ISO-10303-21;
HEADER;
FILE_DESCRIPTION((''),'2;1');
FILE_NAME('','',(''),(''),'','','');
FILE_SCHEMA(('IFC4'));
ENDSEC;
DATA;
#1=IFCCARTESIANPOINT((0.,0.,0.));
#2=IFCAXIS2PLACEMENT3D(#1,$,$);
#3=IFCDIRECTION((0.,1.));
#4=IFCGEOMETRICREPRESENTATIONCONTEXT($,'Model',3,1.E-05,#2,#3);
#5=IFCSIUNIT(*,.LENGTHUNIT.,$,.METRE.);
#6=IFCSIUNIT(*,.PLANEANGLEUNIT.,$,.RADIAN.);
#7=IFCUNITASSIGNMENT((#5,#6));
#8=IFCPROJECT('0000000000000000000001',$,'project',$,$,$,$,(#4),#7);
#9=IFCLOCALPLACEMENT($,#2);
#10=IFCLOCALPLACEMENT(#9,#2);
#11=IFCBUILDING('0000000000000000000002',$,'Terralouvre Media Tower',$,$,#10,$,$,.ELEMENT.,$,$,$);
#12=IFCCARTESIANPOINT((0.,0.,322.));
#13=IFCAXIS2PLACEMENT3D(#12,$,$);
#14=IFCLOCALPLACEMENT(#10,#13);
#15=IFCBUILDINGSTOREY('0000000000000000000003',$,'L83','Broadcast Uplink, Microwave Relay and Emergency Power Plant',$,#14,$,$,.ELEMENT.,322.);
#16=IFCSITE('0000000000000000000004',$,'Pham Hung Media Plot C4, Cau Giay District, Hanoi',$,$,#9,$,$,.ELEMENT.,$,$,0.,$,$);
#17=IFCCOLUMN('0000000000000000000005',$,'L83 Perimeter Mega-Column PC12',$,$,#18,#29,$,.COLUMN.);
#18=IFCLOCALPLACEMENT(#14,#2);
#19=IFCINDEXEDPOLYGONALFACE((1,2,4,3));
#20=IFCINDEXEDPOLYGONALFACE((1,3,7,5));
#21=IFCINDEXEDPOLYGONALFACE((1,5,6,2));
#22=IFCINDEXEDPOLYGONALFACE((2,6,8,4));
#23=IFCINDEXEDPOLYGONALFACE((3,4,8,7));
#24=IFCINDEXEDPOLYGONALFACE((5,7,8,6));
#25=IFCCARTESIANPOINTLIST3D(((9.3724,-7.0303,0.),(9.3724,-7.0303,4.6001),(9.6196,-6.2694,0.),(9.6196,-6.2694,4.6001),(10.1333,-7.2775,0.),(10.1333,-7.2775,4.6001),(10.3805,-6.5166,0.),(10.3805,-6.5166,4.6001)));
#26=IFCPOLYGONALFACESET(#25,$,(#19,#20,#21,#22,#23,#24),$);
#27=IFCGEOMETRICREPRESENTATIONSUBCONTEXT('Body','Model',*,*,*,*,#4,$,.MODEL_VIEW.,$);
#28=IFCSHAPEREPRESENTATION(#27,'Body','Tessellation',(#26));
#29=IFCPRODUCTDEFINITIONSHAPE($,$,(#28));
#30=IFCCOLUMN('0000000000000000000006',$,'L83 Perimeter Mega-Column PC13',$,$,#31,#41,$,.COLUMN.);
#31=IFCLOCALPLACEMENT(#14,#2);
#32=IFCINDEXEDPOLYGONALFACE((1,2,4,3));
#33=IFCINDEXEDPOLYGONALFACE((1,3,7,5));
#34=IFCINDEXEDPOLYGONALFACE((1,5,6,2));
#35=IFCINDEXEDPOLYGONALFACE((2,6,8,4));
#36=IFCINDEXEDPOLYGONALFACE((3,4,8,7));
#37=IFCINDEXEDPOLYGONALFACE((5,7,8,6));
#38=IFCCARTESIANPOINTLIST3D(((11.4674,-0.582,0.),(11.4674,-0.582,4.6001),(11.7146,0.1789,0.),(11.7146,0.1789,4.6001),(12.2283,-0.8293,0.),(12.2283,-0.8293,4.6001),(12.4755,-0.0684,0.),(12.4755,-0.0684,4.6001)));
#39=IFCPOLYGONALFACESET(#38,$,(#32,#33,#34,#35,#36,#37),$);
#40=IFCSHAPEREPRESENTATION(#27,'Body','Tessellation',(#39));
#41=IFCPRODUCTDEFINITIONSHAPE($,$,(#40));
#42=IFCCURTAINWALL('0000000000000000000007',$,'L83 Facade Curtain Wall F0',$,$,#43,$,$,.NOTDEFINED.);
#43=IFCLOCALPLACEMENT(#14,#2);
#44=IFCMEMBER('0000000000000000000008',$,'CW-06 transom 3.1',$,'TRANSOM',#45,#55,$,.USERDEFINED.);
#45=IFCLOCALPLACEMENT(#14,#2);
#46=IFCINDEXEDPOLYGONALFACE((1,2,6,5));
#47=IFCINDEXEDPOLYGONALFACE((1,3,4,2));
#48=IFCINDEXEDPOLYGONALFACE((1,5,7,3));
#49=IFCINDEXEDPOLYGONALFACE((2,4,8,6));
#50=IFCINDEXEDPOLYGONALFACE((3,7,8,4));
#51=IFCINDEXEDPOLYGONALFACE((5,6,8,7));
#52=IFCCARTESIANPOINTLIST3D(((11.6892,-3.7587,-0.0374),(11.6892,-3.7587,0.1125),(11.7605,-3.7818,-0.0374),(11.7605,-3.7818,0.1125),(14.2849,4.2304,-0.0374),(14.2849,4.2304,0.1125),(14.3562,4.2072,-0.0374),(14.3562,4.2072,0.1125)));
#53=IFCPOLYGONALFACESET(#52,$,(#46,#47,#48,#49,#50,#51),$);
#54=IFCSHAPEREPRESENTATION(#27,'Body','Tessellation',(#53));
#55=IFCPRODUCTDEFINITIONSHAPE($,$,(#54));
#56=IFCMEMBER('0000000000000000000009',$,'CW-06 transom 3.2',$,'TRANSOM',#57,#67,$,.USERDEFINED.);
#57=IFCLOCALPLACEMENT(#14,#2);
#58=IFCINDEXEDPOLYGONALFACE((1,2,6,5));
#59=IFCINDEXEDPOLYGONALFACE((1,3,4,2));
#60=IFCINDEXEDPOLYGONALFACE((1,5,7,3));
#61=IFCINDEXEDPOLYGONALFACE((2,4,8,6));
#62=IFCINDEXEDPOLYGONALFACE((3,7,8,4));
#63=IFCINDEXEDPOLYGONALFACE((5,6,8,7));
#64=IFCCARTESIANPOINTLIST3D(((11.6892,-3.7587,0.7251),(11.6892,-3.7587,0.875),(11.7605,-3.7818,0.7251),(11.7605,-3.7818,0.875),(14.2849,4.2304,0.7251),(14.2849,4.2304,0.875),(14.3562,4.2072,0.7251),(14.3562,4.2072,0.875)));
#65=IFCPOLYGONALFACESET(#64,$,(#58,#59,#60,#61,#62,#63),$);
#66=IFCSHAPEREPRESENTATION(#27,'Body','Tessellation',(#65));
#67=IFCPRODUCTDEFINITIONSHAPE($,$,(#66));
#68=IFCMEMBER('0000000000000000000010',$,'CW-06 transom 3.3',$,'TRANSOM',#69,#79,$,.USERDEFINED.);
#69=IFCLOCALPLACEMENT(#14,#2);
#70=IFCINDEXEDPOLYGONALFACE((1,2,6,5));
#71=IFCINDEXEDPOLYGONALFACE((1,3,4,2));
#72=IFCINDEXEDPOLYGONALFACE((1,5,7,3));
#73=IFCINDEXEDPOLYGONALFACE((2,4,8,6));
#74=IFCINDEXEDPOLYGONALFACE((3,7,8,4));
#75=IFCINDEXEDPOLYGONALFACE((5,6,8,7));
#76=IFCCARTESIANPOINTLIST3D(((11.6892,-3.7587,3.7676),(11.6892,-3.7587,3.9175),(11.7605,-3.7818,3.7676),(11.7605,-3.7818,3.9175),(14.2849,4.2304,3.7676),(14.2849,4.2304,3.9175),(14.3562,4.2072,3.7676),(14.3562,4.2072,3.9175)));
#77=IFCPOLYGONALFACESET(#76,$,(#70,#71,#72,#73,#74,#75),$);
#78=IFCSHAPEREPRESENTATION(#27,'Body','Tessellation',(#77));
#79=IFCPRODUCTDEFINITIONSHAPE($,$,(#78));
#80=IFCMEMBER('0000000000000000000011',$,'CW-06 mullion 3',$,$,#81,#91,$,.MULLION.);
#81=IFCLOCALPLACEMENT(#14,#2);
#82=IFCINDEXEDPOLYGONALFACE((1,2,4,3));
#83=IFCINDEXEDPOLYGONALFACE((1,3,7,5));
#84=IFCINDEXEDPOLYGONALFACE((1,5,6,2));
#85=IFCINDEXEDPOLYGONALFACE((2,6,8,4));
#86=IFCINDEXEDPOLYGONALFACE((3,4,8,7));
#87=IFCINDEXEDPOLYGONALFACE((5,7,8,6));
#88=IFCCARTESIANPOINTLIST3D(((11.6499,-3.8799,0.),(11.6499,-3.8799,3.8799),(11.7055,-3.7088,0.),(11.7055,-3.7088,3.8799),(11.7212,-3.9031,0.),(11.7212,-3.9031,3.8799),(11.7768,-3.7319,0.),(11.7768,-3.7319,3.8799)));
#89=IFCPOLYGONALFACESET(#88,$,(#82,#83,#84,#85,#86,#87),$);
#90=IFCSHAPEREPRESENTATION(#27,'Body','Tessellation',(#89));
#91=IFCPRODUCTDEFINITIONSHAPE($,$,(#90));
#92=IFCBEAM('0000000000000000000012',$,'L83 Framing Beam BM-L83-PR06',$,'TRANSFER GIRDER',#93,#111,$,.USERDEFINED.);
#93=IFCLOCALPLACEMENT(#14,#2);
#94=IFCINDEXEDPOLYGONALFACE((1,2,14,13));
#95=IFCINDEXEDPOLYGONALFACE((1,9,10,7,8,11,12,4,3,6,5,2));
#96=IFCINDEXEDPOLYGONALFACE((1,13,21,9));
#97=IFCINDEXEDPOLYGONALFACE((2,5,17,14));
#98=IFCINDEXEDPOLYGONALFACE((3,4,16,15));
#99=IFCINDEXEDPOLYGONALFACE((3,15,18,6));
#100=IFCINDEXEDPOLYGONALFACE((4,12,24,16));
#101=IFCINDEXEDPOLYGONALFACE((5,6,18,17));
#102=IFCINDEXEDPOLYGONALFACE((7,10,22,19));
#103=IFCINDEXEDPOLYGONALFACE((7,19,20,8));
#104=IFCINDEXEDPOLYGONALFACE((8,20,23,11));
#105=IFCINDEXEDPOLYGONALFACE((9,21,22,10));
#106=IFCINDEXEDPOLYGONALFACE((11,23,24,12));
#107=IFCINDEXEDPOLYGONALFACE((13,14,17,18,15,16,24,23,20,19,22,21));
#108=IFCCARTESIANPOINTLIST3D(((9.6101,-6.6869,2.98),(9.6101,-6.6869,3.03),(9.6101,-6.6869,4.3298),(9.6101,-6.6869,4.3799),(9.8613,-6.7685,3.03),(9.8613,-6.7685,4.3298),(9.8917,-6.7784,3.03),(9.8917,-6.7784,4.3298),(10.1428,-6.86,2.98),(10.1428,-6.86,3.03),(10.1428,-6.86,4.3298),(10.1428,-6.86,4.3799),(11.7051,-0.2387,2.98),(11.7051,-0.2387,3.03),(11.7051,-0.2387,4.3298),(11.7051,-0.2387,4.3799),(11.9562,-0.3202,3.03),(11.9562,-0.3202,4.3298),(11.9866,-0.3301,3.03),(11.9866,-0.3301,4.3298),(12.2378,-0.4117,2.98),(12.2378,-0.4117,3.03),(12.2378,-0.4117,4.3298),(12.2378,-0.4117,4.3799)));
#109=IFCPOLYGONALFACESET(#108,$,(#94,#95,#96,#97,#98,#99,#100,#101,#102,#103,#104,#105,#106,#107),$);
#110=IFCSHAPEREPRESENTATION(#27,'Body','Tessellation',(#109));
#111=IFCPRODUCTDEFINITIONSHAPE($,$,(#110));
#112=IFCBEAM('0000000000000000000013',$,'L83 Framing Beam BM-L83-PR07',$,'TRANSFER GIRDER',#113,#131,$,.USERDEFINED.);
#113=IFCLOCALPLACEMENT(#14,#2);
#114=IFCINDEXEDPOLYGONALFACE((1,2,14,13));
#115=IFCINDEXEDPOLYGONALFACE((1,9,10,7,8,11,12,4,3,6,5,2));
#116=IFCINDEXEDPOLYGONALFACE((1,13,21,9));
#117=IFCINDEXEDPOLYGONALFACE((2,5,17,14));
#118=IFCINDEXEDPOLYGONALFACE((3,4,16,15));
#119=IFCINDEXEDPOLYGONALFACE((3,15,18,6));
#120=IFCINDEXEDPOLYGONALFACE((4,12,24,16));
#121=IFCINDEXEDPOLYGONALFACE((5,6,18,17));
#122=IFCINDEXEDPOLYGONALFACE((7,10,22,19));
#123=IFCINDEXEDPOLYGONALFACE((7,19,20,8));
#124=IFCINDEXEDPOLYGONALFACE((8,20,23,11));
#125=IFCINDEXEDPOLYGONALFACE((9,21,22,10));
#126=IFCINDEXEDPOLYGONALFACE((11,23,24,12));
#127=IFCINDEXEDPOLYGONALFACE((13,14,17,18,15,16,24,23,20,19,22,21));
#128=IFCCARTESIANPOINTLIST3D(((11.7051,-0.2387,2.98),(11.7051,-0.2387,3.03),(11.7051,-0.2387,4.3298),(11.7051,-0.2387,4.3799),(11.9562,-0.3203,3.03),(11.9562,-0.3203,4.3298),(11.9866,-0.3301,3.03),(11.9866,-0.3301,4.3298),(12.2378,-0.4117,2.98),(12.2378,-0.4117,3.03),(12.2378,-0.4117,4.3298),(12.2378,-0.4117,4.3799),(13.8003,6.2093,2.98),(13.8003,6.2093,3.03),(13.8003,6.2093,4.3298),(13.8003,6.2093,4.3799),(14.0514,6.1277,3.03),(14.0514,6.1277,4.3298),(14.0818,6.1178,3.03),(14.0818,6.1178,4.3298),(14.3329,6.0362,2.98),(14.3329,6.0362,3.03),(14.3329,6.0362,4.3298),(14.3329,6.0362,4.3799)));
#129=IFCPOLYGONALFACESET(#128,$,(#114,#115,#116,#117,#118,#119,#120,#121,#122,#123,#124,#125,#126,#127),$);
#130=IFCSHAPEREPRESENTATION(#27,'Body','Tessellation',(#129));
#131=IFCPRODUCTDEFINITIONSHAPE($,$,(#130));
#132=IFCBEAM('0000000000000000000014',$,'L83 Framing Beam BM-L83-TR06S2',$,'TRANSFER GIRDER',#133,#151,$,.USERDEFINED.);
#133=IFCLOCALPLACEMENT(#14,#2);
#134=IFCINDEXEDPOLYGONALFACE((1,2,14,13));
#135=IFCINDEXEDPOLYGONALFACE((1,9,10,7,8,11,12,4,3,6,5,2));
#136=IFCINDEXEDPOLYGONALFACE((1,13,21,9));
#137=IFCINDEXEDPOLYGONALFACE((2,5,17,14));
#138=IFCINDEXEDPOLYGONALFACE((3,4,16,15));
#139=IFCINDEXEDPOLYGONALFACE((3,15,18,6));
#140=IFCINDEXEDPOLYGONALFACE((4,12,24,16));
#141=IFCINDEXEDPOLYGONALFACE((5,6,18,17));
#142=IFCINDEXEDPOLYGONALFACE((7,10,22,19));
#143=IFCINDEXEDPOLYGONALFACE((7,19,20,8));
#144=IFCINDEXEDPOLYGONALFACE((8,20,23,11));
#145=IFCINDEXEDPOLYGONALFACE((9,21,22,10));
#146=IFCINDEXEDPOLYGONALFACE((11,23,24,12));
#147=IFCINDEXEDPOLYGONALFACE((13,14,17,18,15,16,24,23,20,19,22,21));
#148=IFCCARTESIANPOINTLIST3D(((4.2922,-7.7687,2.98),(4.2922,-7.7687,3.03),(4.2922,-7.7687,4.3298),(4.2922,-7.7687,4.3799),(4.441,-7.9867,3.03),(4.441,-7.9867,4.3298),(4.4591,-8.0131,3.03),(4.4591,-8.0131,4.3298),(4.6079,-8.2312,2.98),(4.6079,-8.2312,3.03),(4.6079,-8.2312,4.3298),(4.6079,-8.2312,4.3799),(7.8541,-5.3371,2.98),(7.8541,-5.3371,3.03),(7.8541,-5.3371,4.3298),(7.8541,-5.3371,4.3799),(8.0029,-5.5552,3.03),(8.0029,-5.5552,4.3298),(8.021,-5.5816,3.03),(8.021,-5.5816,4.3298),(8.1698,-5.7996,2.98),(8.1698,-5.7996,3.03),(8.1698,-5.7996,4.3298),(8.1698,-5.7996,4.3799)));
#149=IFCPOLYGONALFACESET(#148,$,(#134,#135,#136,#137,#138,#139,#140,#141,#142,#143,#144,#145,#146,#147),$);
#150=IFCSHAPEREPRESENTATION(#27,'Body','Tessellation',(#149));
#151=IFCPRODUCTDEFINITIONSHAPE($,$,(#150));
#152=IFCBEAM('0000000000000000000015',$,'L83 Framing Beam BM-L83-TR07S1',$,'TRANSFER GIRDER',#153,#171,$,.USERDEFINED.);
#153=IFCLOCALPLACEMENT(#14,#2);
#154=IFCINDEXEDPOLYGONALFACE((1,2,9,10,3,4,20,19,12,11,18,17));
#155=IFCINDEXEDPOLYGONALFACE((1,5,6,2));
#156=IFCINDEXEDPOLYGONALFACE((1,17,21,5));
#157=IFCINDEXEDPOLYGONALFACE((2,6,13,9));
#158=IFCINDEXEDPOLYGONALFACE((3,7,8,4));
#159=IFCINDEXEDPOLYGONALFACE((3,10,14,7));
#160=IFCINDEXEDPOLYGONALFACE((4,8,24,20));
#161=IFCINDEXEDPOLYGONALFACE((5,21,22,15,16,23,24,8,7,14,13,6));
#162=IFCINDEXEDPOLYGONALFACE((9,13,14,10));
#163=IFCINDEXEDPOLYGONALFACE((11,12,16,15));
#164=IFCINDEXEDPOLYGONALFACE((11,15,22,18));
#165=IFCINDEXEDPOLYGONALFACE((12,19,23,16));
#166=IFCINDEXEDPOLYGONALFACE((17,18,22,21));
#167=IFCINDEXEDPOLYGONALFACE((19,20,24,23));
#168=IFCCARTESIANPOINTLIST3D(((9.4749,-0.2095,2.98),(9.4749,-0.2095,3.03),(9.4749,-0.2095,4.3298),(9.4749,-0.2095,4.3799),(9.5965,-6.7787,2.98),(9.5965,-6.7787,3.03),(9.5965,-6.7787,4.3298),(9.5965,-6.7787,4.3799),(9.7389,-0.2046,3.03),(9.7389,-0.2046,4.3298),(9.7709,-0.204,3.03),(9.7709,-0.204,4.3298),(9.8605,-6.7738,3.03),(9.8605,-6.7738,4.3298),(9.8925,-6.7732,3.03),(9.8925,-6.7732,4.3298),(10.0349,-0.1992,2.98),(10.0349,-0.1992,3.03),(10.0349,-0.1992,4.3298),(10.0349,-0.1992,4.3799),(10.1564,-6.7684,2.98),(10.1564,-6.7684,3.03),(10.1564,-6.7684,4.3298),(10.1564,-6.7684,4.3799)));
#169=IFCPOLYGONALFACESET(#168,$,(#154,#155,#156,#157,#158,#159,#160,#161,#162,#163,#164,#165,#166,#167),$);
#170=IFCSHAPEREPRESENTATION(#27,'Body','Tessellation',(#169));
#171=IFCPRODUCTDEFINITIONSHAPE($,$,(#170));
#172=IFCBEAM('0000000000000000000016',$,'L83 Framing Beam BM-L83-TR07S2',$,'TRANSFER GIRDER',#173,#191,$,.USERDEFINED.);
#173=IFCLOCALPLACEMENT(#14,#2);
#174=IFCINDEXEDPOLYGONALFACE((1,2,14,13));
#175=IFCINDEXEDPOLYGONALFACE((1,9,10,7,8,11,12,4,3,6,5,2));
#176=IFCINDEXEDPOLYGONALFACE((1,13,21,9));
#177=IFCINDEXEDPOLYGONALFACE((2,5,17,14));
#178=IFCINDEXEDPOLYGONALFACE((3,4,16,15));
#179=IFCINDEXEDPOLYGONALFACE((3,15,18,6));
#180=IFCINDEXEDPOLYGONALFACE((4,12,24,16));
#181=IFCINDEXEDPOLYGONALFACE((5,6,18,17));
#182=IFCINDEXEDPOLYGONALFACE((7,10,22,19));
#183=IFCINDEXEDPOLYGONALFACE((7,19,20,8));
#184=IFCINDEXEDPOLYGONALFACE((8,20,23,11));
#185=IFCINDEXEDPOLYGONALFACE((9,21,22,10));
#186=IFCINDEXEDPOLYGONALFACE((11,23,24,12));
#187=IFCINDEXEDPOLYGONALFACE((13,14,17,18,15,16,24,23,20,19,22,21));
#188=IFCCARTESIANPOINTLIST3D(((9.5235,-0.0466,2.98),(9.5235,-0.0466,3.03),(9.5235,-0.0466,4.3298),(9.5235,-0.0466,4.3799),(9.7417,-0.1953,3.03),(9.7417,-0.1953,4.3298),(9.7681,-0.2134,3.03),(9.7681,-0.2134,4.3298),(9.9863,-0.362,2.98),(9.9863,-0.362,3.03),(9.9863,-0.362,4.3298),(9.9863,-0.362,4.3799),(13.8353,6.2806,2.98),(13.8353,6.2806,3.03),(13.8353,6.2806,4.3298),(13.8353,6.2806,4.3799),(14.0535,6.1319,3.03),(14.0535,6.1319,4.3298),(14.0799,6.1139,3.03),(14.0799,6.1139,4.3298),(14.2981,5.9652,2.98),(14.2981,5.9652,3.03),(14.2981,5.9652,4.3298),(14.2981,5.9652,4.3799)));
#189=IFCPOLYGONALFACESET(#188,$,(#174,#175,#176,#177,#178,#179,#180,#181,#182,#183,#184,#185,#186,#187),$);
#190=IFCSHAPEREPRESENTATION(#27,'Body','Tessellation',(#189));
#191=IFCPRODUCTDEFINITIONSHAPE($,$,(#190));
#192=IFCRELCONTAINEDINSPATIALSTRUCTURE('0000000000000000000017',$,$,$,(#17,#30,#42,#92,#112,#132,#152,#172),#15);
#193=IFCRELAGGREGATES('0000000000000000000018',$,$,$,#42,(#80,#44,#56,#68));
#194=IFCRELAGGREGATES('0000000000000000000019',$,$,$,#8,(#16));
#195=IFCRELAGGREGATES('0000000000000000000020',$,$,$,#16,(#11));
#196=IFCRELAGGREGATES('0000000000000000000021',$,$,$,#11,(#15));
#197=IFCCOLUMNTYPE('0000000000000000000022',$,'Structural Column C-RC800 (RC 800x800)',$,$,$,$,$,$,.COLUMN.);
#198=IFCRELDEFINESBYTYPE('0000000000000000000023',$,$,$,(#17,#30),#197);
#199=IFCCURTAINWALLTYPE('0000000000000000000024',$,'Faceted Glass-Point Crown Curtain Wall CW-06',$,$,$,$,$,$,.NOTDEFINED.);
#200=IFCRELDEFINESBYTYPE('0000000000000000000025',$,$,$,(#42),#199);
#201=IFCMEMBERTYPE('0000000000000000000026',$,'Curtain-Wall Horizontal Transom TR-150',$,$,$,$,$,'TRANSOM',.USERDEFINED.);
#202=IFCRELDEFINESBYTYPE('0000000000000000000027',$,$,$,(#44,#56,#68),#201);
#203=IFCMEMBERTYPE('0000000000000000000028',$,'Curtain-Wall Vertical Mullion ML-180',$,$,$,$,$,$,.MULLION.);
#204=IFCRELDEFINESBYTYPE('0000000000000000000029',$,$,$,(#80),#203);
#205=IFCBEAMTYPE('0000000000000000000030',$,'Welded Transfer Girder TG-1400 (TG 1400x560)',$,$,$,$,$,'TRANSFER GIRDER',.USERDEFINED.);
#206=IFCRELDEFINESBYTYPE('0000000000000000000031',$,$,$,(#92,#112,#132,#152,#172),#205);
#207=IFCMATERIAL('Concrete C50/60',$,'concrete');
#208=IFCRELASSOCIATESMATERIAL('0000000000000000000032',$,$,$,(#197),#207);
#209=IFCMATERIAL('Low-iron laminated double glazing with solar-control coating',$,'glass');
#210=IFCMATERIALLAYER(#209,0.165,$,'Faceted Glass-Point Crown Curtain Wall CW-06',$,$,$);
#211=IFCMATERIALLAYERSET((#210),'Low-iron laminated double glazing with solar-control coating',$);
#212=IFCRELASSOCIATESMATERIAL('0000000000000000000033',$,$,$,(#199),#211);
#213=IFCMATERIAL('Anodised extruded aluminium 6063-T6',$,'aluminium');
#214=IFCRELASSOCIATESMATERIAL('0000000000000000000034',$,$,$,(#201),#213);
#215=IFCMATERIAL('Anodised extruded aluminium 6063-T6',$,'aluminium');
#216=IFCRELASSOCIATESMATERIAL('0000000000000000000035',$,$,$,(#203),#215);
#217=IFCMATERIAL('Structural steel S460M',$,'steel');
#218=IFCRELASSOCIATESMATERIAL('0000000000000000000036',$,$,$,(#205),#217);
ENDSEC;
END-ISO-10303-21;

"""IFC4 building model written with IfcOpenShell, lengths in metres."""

from ifc_helpers import new_model, si_unit, direction, frame, origin, origin_2d, place, context, subcontext, project, spatial, rectangle, i_section, extrude, material, layer, layer_set, material_profile, profile_set, type_object, element, aggregate, save


model = new_model("IFC4")

# Units and contexts
model_context = context("Model", 3, precision=1e-05, world=origin(), true_north=direction((0.0, 1.0)))
body_context = subcontext(model_context, "Body", "Model", "MODEL_VIEW")
ifc_project = project(units=[si_unit("LENGTHUNIT", "METRE"), si_unit("PLANEANGLEUNIT", "RADIAN")], contexts=[model_context])

# Site, building, storey
site_placement = place(None, origin())
site = spatial("IfcSite", under=ifc_project, at=site_placement, Name="Pham Hung Media Plot C4, Cau Giay District, Hanoi", CompositionType="ELEMENT", RefElevation=0.0)
building_placement = place(site_placement, origin())
building = spatial("IfcBuilding", under=site, at=building_placement, Name="Terralouvre Media Tower", CompositionType="ELEMENT")
storey_placement = place(building_placement, frame((0.0, 0.0, 322.0)))
storey = spatial("IfcBuildingStorey", under=building, at=storey_placement, Name="L83", Description="Broadcast Uplink, Microwave Relay and Emergency Power Plant", CompositionType="ELEMENT", Elevation=322.0)

# Columns
ifc_material_1 = material(Name="Concrete C50/60", Category="concrete")
ifc_material_profile_1 = material_profile(ifc_material_1, rectangle(XDim=0.8, YDim=0.8, at=origin_2d()), Name="RC 800x800")
ifc_profile_set_1 = profile_set([ifc_material_profile_1], Name="Concrete C50/60")
column_type = type_object("IfcColumnType", Name="Structural Column C-RC800 (RC 800x800)", PredefinedType="COLUMN", material=ifc_profile_set_1)
for number, where, z_axis, x_axis, name in (
    (1, (9.8765, -6.7734, 0.0), (0.0, 0.0, 1.0), (0.309017, 0.951057, 0.0), "L83 Perimeter Mega-Column PC12"),
    (2, (11.9714, -0.3252, 0.0), (0.0, 0.0, 1.0), (0.309017, 0.951057, 0.0), "L83 Perimeter Mega-Column PC13"),
):
    element("IfcColumn", number, at=place(storey_placement, frame(where, z_axis=z_axis, x_axis=x_axis)), inside=storey, type_object=column_type, Name=name, PredefinedType="COLUMN", context=body_context, shape_type="SweptSolid", body=[
        extrude(rectangle(XDim=0.8, YDim=0.8, at=origin_2d()), origin(), (0.0, 0.0, 1.0), 4.6001),
    ])

# Curtain wall, members
ifc_material_2 = material(Name="Low-iron laminated double glazing with solar-control coating", Category="glass")
ifc_layer_1 = layer(ifc_material_2, 0.165, Name="Faceted Glass-Point Crown Curtain Wall CW-06")
ifc_layer_set_1 = layer_set([ifc_layer_1], Name="Low-iron laminated double glazing with solar-control coating")
curtain_wall_type = type_object("IfcCurtainWallType", Name="Faceted Glass-Point Crown Curtain Wall CW-06", PredefinedType="NOTDEFINED", material=ifc_layer_set_1)
curtain_wall_placement = place(storey_placement, origin())
curtain_wall = element("IfcCurtainWall", 3, at=curtain_wall_placement, inside=storey, type_object=curtain_wall_type, Name="L83 Facade Curtain Wall F0", PredefinedType="NOTDEFINED")
ifc_material_3 = material(Name="Anodised extruded aluminium 6063-T6", Category="aluminium")
ifc_material_profile_2 = material_profile(ifc_material_3, rectangle(XDim=0.075, YDim=0.1499, at=origin_2d()), Name="ALU 75x150")
ifc_profile_set_2 = profile_set([ifc_material_profile_2], Name="Anodised extruded aluminium 6063-T6")
member_type_1 = type_object("IfcMemberType", Name="Curtain-Wall Horizontal Transom TR-150", ElementType="TRANSOM", PredefinedType="USERDEFINED", material=ifc_profile_set_2)
member_1_placement = place(storey_placement, frame((11.7249, -3.7703, 0.0376), z_axis=(0.309008, 0.951059, 0.0), x_axis=(-0.951059, 0.309008, 0.0)))
member_1 = element("IfcMember", 4, at=member_1_placement, type_object=member_type_1, Name="CW-06 transom 3.1", ObjectType="TRANSOM", PredefinedType="USERDEFINED", context=body_context, shape_type="SweptSolid", body=[
    extrude(rectangle(XDim=0.075, YDim=0.1499, at=origin_2d()), origin(), (0.0, 0.0, 1.0), 8.4001),
])
member_2_placement = place(storey_placement, frame((11.7249, -3.7703, 0.8), z_axis=(0.309008, 0.951059, 0.0), x_axis=(-0.951059, 0.309008, 0.0)))
member_2 = element("IfcMember", 5, at=member_2_placement, type_object=member_type_1, Name="CW-06 transom 3.2", ObjectType="TRANSOM", PredefinedType="USERDEFINED", context=body_context, shape_type="SweptSolid", body=[
    extrude(rectangle(XDim=0.075, YDim=0.1499, at=origin_2d()), origin(), (0.0, 0.0, 1.0), 8.4001),
])
member_3_placement = place(storey_placement, frame((11.7249, -3.7703, 3.8425), z_axis=(0.309008, 0.951059, 0.0), x_axis=(-0.951059, 0.309008, 0.0)))
member_3 = element("IfcMember", 6, at=member_3_placement, type_object=member_type_1, Name="CW-06 transom 3.3", ObjectType="TRANSOM", PredefinedType="USERDEFINED", context=body_context, shape_type="SweptSolid", body=[
    extrude(rectangle(XDim=0.075, YDim=0.1499, at=origin_2d()), origin(), (0.0, 0.0, 1.0), 8.4001),
])
ifc_material_4 = material(Name="Anodised extruded aluminium 6063-T6", Category="aluminium")
ifc_material_profile_3 = material_profile(ifc_material_4, rectangle(XDim=0.075, YDim=0.1799, at=origin_2d()), Name="ALU 75x180")
ifc_profile_set_3 = profile_set([ifc_material_profile_3], Name="Anodised extruded aluminium 6063-T6")
member_type_2 = type_object("IfcMemberType", Name="Curtain-Wall Vertical Mullion ML-180", PredefinedType="MULLION", material=ifc_profile_set_3)
member_4_placement = place(storey_placement, frame((11.7134, -3.8059, 0.0), z_axis=(0.0, 0.0, 1.0), x_axis=(-0.951057, 0.309017, 0.0)))
member_4 = element("IfcMember", 7, at=member_4_placement, type_object=member_type_2, Name="CW-06 mullion 3", PredefinedType="MULLION", context=body_context, shape_type="SweptSolid", body=[
    extrude(rectangle(XDim=0.075, YDim=0.1799, at=origin_2d()), origin(), (0.0, 0.0, 1.0), 3.8799),
])

# Beams
ifc_material_5 = material(Name="Structural steel S460M", Category="steel")
ifc_material_profile_4 = material_profile(ifc_material_5, i_section(OverallWidth=0.5601, OverallDepth=1.3999, WebThickness=0.032, FlangeThickness=0.05, at=origin_2d()), Name="TG 1400x560")
ifc_profile_set_4 = profile_set([ifc_material_profile_4], Name="Structural steel S460M")
beam_type = type_object("IfcBeamType", Name="Welded Transfer Girder TG-1400 (TG 1400x560)", ElementType="TRANSFER GIRDER", PredefinedType="USERDEFINED", material=ifc_profile_set_4)
beam_1_placement = place(storey_placement, frame((9.8765, -6.7734, 3.6799), z_axis=(0.308992, 0.951065, 0.0), x_axis=(-0.951065, 0.308992, 0.0)))
element("IfcBeam", 8, at=beam_1_placement, inside=storey, type_object=beam_type, Name="L83 Framing Beam BM-L83-PR06", ObjectType="TRANSFER GIRDER", PredefinedType="USERDEFINED", context=body_context, shape_type="SweptSolid", body=[
    extrude(i_section(OverallWidth=0.5601, OverallDepth=1.3999, WebThickness=0.032, FlangeThickness=0.05, at=origin_2d()), origin(), (0.0, 0.0, 1.0), 6.78),
])
beam_2_placement = place(storey_placement, frame((11.9714, -0.3252, 3.6799), z_axis=(0.309035, 0.951051, 0.0), x_axis=(-0.951051, 0.309035, 0.0)))
element("IfcBeam", 9, at=beam_2_placement, inside=storey, type_object=beam_type, Name="L83 Framing Beam BM-L83-PR07", ObjectType="TRANSFER GIRDER", PredefinedType="USERDEFINED", context=body_context, shape_type="SweptSolid", body=[
    extrude(i_section(OverallWidth=0.5601, OverallDepth=1.3999, WebThickness=0.032, FlangeThickness=0.05, at=origin_2d()), origin(), (0.0, 0.0, 1.0), 6.7798),
])
beam_3_placement = place(storey_placement, frame((8.012, -5.5684, 3.6799), z_axis=(-0.825904, -0.563811, 0.0), x_axis=(0.563811, -0.825904, 0.0)))
element("IfcBeam", 10, at=beam_3_placement, inside=storey, type_object=beam_type, Name="L83 Framing Beam BM-L83-TR06S2", ObjectType="TRANSFER GIRDER", PredefinedType="USERDEFINED", context=body_context, shape_type="SweptSolid", body=[
    extrude(i_section(OverallWidth=0.5601, OverallDepth=1.3999, WebThickness=0.032, FlangeThickness=0.05, at=origin_2d()), origin(), (0.0, 0.0, 1.0), 4.3127),
])
beam_4_placement = place(storey_placement, frame((9.7549, -0.2043, 3.6799), z_axis=(0.018505, -0.999829, 0.0), x_axis=(0.999829, 0.018505, 0.0)))
element("IfcBeam", 11, at=beam_4_placement, inside=storey, type_object=beam_type, Name="L83 Framing Beam BM-L83-TR07S1", ObjectType="TRANSFER GIRDER", PredefinedType="USERDEFINED", context=body_context, shape_type="SweptSolid", body=[
    extrude(i_section(OverallWidth=0.5601, OverallDepth=1.3999, WebThickness=0.032, FlangeThickness=0.05, at=origin_2d()), origin(), (0.0, 0.0, 1.0), 6.5703),
])
beam_5_placement = place(storey_placement, frame((9.7549, -0.2043, 3.6799), z_axis=(0.563141, 0.826361, 0.0), x_axis=(-0.826361, 0.563141, 0.0)))
element("IfcBeam", 12, at=beam_5_placement, inside=storey, type_object=beam_type, Name="L83 Framing Beam BM-L83-TR07S2", ObjectType="TRANSFER GIRDER", PredefinedType="USERDEFINED", context=body_context, shape_type="SweptSolid", body=[
    extrude(i_section(OverallWidth=0.5601, OverallDepth=1.3999, WebThickness=0.032, FlangeThickness=0.05, at=origin_2d()), origin(), (0.0, 0.0, 1.0), 7.6567),
])

aggregate(curtain_wall, [member_4, member_1, member_2, member_3])

save(model, "model.ifc")
